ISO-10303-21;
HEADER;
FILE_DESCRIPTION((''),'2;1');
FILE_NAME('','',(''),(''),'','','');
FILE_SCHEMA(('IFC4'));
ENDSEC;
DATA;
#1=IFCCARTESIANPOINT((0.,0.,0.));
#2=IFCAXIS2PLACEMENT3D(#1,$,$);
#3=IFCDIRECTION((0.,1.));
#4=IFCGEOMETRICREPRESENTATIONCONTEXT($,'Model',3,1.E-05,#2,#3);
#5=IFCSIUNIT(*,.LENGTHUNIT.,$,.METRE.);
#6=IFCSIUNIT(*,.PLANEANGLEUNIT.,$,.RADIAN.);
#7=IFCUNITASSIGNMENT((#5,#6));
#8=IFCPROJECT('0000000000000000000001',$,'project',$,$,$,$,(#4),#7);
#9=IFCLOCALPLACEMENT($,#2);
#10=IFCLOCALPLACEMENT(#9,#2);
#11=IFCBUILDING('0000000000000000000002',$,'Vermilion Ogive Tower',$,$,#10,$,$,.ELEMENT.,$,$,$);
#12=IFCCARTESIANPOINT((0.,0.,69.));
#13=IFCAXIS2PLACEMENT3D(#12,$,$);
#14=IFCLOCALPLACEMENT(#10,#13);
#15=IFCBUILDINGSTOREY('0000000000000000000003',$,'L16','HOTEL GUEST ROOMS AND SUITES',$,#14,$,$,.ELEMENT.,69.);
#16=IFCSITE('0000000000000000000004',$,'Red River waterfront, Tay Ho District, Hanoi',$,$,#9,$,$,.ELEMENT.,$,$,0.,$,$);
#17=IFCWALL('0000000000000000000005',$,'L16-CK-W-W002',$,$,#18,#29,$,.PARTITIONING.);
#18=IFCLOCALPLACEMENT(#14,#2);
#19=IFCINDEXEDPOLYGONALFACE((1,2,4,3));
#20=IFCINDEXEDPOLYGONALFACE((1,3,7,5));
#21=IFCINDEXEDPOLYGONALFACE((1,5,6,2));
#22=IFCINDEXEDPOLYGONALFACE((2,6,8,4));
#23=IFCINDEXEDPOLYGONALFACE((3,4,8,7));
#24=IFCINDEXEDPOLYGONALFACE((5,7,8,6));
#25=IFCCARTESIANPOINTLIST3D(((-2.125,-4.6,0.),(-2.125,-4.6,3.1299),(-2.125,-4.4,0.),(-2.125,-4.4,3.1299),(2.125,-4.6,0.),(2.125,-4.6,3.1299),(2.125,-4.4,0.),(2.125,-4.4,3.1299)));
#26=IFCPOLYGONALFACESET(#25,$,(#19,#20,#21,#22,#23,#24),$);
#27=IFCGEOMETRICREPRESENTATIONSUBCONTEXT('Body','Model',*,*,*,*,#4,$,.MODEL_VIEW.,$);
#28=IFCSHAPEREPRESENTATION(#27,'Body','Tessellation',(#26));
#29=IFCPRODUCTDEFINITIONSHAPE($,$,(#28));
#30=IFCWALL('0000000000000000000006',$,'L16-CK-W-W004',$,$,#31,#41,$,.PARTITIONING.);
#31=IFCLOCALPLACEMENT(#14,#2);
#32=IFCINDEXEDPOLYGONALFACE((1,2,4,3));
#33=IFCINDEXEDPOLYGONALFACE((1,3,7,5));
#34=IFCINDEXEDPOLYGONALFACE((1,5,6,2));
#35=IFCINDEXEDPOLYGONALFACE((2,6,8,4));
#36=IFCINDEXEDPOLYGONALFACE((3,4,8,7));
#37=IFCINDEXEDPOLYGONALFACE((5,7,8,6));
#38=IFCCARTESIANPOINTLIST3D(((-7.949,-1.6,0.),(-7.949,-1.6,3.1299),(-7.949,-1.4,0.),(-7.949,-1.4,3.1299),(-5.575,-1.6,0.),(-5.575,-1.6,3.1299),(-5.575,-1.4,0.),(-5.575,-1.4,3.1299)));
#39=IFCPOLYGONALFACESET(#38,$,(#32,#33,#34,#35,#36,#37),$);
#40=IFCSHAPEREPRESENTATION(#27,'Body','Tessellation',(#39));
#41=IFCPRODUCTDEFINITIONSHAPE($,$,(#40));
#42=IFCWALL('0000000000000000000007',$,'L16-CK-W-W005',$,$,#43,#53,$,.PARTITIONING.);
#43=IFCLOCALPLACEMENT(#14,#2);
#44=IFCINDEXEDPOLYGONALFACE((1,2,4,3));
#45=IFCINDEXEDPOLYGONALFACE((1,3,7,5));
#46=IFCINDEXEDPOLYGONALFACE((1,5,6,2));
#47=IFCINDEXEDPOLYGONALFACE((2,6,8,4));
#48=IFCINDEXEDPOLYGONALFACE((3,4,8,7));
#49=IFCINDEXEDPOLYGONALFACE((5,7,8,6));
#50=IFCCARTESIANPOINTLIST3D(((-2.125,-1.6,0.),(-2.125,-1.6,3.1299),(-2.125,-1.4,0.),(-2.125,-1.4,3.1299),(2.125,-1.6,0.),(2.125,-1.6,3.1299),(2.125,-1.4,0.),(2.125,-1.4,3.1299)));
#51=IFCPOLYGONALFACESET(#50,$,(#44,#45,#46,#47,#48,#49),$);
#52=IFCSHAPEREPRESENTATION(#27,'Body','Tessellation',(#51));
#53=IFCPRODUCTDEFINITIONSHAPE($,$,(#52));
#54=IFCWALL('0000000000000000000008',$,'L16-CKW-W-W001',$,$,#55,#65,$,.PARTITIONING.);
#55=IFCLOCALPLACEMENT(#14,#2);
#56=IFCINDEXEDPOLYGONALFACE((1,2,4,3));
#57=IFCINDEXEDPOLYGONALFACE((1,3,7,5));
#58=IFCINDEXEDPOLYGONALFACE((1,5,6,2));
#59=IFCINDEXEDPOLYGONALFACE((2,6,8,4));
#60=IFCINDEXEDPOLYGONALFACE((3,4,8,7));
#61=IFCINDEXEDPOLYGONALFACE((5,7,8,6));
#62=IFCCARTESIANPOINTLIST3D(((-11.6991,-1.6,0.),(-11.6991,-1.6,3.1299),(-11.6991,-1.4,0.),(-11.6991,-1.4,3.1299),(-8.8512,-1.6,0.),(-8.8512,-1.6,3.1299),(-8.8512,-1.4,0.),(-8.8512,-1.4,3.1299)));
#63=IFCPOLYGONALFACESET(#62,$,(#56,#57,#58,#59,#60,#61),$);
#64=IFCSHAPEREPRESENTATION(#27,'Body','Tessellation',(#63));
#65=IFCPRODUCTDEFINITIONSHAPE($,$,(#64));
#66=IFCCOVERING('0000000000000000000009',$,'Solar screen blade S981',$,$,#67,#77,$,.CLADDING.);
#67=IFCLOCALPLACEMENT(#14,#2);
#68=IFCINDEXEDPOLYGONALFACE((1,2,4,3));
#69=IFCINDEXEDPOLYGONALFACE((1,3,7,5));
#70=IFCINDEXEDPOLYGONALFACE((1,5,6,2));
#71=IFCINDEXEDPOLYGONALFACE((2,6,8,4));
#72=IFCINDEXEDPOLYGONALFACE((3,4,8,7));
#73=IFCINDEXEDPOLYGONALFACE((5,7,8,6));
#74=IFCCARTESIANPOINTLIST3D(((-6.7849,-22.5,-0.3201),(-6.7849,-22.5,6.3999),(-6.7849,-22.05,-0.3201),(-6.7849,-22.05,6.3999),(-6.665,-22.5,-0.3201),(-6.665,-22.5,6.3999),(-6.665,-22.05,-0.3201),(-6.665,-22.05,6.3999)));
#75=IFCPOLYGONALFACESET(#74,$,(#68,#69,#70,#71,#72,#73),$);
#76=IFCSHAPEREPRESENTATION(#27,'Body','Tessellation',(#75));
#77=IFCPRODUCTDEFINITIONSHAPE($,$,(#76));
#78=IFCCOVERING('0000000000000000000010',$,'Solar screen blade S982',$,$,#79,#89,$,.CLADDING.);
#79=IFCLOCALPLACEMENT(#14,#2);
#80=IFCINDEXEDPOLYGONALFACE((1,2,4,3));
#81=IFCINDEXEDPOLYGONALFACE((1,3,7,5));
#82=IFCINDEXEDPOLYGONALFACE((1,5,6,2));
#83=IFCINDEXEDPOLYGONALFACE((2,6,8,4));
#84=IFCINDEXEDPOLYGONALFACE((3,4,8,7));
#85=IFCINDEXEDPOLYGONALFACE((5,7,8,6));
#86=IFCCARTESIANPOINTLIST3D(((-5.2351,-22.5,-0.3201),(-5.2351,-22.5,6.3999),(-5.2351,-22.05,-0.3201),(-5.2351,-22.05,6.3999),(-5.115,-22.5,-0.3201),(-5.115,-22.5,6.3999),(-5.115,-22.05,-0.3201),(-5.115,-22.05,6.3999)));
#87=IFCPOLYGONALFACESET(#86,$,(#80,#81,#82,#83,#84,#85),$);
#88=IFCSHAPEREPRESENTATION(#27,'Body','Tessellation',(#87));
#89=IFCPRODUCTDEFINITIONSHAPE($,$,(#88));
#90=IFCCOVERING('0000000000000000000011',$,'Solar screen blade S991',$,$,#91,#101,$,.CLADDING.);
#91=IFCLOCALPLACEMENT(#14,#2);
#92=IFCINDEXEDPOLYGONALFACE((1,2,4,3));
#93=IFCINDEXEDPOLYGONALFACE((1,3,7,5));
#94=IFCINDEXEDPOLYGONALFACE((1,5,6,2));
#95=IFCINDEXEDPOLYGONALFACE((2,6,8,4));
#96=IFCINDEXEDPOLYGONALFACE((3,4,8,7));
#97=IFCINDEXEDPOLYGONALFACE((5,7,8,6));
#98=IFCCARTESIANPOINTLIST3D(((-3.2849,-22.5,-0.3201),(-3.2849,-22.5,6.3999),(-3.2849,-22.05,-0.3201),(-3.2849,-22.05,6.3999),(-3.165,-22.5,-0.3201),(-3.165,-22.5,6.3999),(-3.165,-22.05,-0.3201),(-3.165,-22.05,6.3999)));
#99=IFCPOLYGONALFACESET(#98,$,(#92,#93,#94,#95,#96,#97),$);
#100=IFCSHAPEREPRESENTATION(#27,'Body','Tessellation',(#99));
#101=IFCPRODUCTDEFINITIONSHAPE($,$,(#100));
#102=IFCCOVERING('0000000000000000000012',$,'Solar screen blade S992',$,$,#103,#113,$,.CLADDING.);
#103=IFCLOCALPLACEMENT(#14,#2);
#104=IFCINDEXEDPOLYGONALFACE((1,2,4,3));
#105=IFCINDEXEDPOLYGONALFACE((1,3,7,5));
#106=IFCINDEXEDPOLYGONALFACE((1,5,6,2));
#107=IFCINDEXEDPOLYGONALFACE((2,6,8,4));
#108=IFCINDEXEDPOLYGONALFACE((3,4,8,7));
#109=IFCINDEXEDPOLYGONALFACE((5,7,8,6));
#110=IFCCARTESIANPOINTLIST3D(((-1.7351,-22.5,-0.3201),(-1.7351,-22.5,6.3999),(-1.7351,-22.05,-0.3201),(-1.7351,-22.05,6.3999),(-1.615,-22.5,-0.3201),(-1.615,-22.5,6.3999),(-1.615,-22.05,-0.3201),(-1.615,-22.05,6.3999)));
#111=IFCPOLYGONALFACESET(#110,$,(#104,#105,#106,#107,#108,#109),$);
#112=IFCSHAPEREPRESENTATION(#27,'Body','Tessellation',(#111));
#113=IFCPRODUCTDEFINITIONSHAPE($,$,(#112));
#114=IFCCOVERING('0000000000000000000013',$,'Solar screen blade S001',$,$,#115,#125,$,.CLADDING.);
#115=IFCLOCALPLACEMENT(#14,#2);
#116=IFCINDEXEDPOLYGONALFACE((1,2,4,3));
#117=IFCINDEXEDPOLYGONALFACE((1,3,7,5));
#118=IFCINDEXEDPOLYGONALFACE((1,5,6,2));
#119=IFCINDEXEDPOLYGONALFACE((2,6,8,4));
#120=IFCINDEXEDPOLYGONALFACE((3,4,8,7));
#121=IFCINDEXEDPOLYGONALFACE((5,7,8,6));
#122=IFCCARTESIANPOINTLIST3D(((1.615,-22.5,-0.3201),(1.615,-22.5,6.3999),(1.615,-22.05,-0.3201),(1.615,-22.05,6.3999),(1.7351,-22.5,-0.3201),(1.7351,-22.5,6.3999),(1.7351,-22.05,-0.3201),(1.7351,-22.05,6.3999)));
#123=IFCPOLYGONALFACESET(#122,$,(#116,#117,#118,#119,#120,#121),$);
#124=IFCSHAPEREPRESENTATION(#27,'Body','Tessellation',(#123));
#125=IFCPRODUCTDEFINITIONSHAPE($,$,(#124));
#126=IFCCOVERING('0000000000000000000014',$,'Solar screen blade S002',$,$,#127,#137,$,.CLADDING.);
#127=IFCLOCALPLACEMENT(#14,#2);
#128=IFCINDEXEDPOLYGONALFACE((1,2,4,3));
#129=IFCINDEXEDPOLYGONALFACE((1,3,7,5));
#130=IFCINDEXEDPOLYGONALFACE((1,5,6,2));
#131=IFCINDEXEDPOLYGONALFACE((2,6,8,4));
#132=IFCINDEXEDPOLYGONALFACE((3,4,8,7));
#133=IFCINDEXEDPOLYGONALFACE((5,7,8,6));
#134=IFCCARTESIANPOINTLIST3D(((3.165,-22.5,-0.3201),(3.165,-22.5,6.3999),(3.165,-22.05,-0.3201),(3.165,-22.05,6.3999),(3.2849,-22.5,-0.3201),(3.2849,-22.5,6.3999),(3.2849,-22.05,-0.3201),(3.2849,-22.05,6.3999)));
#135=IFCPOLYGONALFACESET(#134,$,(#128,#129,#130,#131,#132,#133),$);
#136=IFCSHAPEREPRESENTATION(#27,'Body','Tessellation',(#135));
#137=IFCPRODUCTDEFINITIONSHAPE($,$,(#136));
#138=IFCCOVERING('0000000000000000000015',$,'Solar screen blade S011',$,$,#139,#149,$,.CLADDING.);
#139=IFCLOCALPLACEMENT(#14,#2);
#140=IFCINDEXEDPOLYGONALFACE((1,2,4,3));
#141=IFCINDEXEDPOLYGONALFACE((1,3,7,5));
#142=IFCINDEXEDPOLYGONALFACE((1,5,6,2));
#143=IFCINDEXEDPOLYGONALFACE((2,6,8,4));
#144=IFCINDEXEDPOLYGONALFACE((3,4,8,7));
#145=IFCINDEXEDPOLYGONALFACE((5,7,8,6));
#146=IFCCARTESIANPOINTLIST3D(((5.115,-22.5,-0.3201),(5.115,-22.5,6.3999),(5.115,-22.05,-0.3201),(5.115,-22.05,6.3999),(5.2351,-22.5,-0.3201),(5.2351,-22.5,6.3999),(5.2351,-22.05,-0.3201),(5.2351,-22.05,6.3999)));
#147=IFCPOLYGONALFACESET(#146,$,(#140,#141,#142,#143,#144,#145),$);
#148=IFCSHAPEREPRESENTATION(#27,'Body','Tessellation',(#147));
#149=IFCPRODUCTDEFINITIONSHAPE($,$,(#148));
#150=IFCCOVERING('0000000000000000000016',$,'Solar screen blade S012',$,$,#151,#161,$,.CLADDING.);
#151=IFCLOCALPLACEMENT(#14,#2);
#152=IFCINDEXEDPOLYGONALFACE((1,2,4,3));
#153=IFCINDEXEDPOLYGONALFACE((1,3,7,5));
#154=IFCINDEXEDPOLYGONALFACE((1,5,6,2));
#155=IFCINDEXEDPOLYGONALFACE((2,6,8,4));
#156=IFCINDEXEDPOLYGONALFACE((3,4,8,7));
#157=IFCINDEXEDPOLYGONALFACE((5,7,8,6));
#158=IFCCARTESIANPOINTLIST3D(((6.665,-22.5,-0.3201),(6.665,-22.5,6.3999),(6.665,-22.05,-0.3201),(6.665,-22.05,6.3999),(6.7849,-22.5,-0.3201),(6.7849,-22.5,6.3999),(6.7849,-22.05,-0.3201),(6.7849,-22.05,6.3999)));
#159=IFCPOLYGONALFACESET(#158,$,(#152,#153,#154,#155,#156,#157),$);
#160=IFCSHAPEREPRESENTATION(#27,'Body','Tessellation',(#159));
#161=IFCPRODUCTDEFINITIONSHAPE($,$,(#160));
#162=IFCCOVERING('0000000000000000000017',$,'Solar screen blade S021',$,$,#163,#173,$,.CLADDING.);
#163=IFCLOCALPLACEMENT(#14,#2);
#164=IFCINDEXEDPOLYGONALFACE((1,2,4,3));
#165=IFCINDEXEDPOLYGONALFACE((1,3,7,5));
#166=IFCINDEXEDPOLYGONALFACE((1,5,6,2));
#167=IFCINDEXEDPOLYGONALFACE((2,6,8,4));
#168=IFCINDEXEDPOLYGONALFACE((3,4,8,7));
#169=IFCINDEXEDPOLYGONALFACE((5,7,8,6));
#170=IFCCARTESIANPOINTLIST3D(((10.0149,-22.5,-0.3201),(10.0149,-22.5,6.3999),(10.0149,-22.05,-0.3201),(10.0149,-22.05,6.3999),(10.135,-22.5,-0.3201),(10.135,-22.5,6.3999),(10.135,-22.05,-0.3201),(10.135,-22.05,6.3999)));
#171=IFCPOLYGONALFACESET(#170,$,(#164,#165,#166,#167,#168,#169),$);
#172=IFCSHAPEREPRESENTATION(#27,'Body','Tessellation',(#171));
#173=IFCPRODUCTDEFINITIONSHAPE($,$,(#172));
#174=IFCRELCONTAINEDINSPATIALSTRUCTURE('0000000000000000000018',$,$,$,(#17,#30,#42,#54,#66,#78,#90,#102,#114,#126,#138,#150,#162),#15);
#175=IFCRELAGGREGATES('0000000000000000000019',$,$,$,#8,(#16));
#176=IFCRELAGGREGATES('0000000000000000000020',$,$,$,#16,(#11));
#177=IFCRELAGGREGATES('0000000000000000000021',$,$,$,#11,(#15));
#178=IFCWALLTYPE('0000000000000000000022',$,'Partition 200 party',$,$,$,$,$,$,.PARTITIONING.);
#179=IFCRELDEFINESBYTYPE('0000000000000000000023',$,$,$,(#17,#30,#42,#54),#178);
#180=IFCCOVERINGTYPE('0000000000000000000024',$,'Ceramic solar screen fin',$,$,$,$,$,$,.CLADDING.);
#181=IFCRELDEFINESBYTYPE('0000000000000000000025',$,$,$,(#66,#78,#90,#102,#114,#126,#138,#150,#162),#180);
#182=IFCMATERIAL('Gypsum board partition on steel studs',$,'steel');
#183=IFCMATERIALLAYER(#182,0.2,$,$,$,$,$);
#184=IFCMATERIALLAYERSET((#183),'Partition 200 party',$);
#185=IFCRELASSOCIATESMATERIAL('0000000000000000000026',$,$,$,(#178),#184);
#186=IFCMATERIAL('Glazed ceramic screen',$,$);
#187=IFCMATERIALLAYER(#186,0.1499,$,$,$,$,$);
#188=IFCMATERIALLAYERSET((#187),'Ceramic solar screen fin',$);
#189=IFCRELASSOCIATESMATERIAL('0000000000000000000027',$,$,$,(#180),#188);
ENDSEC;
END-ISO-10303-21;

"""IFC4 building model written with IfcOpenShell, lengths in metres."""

from ifc_helpers import new_model, si_unit, direction, frame, frame_2d, origin, place, context, subcontext, project, spatial, polyline, rectangle, outline, extrude, material, layer, layer_set, type_object, element, save


model = new_model("IFC4")

# Units and contexts
model_context = context("Model", 3, precision=1e-05, world=origin(), true_north=direction((0.0, 1.0)))
body_context = subcontext(model_context, "Body", "Model", "MODEL_VIEW")
ifc_project = project(units=[si_unit("LENGTHUNIT", "METRE"), si_unit("PLANEANGLEUNIT", "RADIAN")], contexts=[model_context])

# Site, building, storey
site_placement = place(None, origin())
site = spatial("IfcSite", under=ifc_project, at=site_placement, Name="Red River waterfront, Tay Ho District, Hanoi", CompositionType="ELEMENT", RefElevation=0.0)
building_placement = place(site_placement, origin())
building = spatial("IfcBuilding", under=site, at=building_placement, Name="Vermilion Ogive Tower", CompositionType="ELEMENT")
storey_placement = place(building_placement, frame((0.0, 0.0, 69.0)))
storey = spatial("IfcBuildingStorey", under=building, at=storey_placement, Name="L16", Description="HOTEL GUEST ROOMS AND SUITES", CompositionType="ELEMENT", Elevation=69.0)

# Walls
ifc_material_1 = material(Name="Gypsum board partition on steel studs", Category="steel")
ifc_layer_1 = layer(ifc_material_1, 0.2)
ifc_layer_set_1 = layer_set([ifc_layer_1], Name="Partition 200 party")
wall_type = type_object("IfcWallType", Name="Partition 200 party", PredefinedType="PARTITIONING", material=ifc_layer_set_1)
wall_1_placement = place(storey_placement, frame((-2.125, -4.5, 0.0), z_axis=(0.0, 0.0, 1.0), x_axis=(1.0, 0.0, 0.0)))
element("IfcWall", 1, at=wall_1_placement, inside=storey, type_object=wall_type, Name="L16-CK-W-W002", PredefinedType="PARTITIONING", context=body_context, shape_type="SweptSolid", body=[
    extrude(rectangle(XDim=4.25, YDim=0.2, at=frame_2d((2.125, 0.0))), origin(), (0.0, 0.0, 1.0), 3.1299),
])
wall_2_placement = place(storey_placement, frame((-7.949, -1.5, 0.0), z_axis=(0.0, 0.0, 1.0), x_axis=(1.0, 0.0, 0.0)))
element("IfcWall", 2, at=wall_2_placement, inside=storey, type_object=wall_type, Name="L16-CK-W-W004", PredefinedType="PARTITIONING", context=body_context, shape_type="SweptSolid", body=[
    extrude(rectangle(XDim=2.374, YDim=0.2, at=frame_2d((1.187, 0.0))), origin(), (0.0, 0.0, 1.0), 3.1299),
])
wall_3_placement = place(storey_placement, frame((-2.125, -1.5, 0.0), z_axis=(0.0, 0.0, 1.0), x_axis=(1.0, 0.0, 0.0)))
element("IfcWall", 3, at=wall_3_placement, inside=storey, type_object=wall_type, Name="L16-CK-W-W005", PredefinedType="PARTITIONING", context=body_context, shape_type="SweptSolid", body=[
    extrude(rectangle(XDim=4.25, YDim=0.2, at=frame_2d((2.125, 0.0))), origin(), (0.0, 0.0, 1.0), 3.1299),
])
wall_4_placement = place(storey_placement, frame((-11.699, -1.5, 0.0), z_axis=(0.0, 0.0, 1.0), x_axis=(1.0, 0.0, 0.0)))
element("IfcWall", 4, at=wall_4_placement, inside=storey, type_object=wall_type, Name="L16-CKW-W-W001", PredefinedType="PARTITIONING", context=body_context, shape_type="SweptSolid", body=[
    extrude(rectangle(XDim=2.8479, YDim=0.2, at=frame_2d((1.4238, 0.0))), origin(), (0.0, 0.0, 1.0), 3.1299),
])

# Coverings
ifc_material_2 = material(Name="Glazed ceramic screen")
ifc_layer_2 = layer(ifc_material_2, 0.1499)
ifc_layer_set_2 = layer_set([ifc_layer_2], Name="Ceramic solar screen fin")
covering_type = type_object("IfcCoveringType", Name="Ceramic solar screen fin", PredefinedType="CLADDING", material=ifc_layer_set_2)
covering_1_placement = place(storey_placement, frame((0.0, 0.0, -0.3201)))
element("IfcCovering", 5, at=covering_1_placement, inside=storey, type_object=covering_type, Name="Solar screen blade S981", PredefinedType="CLADDING", context=body_context, shape_type="SweptSolid", body=[
    extrude(outline(polyline([(-6.7849, -22.5), (-6.665, -22.5), (-6.665, -22.05), (-6.7849, -22.05), (-6.7849, -22.5)])), origin(), (0.0, 0.0, 1.0), 6.72),
])
covering_2_placement = place(storey_placement, frame((0.0, 0.0, -0.3201)))
element("IfcCovering", 6, at=covering_2_placement, inside=storey, type_object=covering_type, Name="Solar screen blade S982", PredefinedType="CLADDING", context=body_context, shape_type="SweptSolid", body=[
    extrude(outline(polyline([(-5.2351, -22.5), (-5.115, -22.5), (-5.115, -22.05), (-5.2351, -22.05), (-5.2351, -22.5)])), origin(), (0.0, 0.0, 1.0), 6.72),
])
covering_3_placement = place(storey_placement, frame((0.0, 0.0, -0.3201)))
element("IfcCovering", 7, at=covering_3_placement, inside=storey, type_object=covering_type, Name="Solar screen blade S991", PredefinedType="CLADDING", context=body_context, shape_type="SweptSolid", body=[
    extrude(outline(polyline([(-3.2849, -22.5), (-3.165, -22.5), (-3.165, -22.05), (-3.2849, -22.05), (-3.2849, -22.5)])), origin(), (0.0, 0.0, 1.0), 6.72),
])
covering_4_placement = place(storey_placement, frame((0.0, 0.0, -0.3201)))
element("IfcCovering", 8, at=covering_4_placement, inside=storey, type_object=covering_type, Name="Solar screen blade S992", PredefinedType="CLADDING", context=body_context, shape_type="SweptSolid", body=[
    extrude(outline(polyline([(-1.7351, -22.5), (-1.615, -22.5), (-1.615, -22.05), (-1.7351, -22.05), (-1.7351, -22.5)])), origin(), (0.0, 0.0, 1.0), 6.72),
])
covering_5_placement = place(storey_placement, frame((0.0, 0.0, -0.3201)))
element("IfcCovering", 9, at=covering_5_placement, inside=storey, type_object=covering_type, Name="Solar screen blade S001", PredefinedType="CLADDING", context=body_context, shape_type="SweptSolid", body=[
    extrude(outline(polyline([(1.615, -22.5), (1.7351, -22.5), (1.7351, -22.05), (1.615, -22.05), (1.615, -22.5)])), origin(), (0.0, 0.0, 1.0), 6.72),
])
covering_6_placement = place(storey_placement, frame((0.0, 0.0, -0.3201)))
element("IfcCovering", 10, at=covering_6_placement, inside=storey, type_object=covering_type, Name="Solar screen blade S002", PredefinedType="CLADDING", context=body_context, shape_type="SweptSolid", body=[
    extrude(outline(polyline([(3.165, -22.5), (3.2849, -22.5), (3.2849, -22.05), (3.165, -22.05), (3.165, -22.5)])), origin(), (0.0, 0.0, 1.0), 6.72),
])
covering_7_placement = place(storey_placement, frame((0.0, 0.0, -0.3201)))
element("IfcCovering", 11, at=covering_7_placement, inside=storey, type_object=covering_type, Name="Solar screen blade S011", PredefinedType="CLADDING", context=body_context, shape_type="SweptSolid", body=[
    extrude(outline(polyline([(5.115, -22.5), (5.2351, -22.5), (5.2351, -22.05), (5.115, -22.05), (5.115, -22.5)])), origin(), (0.0, 0.0, 1.0), 6.72),
])
covering_8_placement = place(storey_placement, frame((0.0, 0.0, -0.3201)))
element("IfcCovering", 12, at=covering_8_placement, inside=storey, type_object=covering_type, Name="Solar screen blade S012", PredefinedType="CLADDING", context=body_context, shape_type="SweptSolid", body=[
    extrude(outline(polyline([(6.665, -22.5), (6.7849, -22.5), (6.7849, -22.05), (6.665, -22.05), (6.665, -22.5)])), origin(), (0.0, 0.0, 1.0), 6.72),
])
covering_9_placement = place(storey_placement, frame((0.0, 0.0, -0.3201)))
element("IfcCovering", 13, at=covering_9_placement, inside=storey, type_object=covering_type, Name="Solar screen blade S021", PredefinedType="CLADDING", context=body_context, shape_type="SweptSolid", body=[
    extrude(outline(polyline([(10.0149, -22.5), (10.135, -22.5), (10.135, -22.05), (10.0149, -22.05), (10.0149, -22.5)])), origin(), (0.0, 0.0, 1.0), 6.72),
])

save(model, "model.ifc")
